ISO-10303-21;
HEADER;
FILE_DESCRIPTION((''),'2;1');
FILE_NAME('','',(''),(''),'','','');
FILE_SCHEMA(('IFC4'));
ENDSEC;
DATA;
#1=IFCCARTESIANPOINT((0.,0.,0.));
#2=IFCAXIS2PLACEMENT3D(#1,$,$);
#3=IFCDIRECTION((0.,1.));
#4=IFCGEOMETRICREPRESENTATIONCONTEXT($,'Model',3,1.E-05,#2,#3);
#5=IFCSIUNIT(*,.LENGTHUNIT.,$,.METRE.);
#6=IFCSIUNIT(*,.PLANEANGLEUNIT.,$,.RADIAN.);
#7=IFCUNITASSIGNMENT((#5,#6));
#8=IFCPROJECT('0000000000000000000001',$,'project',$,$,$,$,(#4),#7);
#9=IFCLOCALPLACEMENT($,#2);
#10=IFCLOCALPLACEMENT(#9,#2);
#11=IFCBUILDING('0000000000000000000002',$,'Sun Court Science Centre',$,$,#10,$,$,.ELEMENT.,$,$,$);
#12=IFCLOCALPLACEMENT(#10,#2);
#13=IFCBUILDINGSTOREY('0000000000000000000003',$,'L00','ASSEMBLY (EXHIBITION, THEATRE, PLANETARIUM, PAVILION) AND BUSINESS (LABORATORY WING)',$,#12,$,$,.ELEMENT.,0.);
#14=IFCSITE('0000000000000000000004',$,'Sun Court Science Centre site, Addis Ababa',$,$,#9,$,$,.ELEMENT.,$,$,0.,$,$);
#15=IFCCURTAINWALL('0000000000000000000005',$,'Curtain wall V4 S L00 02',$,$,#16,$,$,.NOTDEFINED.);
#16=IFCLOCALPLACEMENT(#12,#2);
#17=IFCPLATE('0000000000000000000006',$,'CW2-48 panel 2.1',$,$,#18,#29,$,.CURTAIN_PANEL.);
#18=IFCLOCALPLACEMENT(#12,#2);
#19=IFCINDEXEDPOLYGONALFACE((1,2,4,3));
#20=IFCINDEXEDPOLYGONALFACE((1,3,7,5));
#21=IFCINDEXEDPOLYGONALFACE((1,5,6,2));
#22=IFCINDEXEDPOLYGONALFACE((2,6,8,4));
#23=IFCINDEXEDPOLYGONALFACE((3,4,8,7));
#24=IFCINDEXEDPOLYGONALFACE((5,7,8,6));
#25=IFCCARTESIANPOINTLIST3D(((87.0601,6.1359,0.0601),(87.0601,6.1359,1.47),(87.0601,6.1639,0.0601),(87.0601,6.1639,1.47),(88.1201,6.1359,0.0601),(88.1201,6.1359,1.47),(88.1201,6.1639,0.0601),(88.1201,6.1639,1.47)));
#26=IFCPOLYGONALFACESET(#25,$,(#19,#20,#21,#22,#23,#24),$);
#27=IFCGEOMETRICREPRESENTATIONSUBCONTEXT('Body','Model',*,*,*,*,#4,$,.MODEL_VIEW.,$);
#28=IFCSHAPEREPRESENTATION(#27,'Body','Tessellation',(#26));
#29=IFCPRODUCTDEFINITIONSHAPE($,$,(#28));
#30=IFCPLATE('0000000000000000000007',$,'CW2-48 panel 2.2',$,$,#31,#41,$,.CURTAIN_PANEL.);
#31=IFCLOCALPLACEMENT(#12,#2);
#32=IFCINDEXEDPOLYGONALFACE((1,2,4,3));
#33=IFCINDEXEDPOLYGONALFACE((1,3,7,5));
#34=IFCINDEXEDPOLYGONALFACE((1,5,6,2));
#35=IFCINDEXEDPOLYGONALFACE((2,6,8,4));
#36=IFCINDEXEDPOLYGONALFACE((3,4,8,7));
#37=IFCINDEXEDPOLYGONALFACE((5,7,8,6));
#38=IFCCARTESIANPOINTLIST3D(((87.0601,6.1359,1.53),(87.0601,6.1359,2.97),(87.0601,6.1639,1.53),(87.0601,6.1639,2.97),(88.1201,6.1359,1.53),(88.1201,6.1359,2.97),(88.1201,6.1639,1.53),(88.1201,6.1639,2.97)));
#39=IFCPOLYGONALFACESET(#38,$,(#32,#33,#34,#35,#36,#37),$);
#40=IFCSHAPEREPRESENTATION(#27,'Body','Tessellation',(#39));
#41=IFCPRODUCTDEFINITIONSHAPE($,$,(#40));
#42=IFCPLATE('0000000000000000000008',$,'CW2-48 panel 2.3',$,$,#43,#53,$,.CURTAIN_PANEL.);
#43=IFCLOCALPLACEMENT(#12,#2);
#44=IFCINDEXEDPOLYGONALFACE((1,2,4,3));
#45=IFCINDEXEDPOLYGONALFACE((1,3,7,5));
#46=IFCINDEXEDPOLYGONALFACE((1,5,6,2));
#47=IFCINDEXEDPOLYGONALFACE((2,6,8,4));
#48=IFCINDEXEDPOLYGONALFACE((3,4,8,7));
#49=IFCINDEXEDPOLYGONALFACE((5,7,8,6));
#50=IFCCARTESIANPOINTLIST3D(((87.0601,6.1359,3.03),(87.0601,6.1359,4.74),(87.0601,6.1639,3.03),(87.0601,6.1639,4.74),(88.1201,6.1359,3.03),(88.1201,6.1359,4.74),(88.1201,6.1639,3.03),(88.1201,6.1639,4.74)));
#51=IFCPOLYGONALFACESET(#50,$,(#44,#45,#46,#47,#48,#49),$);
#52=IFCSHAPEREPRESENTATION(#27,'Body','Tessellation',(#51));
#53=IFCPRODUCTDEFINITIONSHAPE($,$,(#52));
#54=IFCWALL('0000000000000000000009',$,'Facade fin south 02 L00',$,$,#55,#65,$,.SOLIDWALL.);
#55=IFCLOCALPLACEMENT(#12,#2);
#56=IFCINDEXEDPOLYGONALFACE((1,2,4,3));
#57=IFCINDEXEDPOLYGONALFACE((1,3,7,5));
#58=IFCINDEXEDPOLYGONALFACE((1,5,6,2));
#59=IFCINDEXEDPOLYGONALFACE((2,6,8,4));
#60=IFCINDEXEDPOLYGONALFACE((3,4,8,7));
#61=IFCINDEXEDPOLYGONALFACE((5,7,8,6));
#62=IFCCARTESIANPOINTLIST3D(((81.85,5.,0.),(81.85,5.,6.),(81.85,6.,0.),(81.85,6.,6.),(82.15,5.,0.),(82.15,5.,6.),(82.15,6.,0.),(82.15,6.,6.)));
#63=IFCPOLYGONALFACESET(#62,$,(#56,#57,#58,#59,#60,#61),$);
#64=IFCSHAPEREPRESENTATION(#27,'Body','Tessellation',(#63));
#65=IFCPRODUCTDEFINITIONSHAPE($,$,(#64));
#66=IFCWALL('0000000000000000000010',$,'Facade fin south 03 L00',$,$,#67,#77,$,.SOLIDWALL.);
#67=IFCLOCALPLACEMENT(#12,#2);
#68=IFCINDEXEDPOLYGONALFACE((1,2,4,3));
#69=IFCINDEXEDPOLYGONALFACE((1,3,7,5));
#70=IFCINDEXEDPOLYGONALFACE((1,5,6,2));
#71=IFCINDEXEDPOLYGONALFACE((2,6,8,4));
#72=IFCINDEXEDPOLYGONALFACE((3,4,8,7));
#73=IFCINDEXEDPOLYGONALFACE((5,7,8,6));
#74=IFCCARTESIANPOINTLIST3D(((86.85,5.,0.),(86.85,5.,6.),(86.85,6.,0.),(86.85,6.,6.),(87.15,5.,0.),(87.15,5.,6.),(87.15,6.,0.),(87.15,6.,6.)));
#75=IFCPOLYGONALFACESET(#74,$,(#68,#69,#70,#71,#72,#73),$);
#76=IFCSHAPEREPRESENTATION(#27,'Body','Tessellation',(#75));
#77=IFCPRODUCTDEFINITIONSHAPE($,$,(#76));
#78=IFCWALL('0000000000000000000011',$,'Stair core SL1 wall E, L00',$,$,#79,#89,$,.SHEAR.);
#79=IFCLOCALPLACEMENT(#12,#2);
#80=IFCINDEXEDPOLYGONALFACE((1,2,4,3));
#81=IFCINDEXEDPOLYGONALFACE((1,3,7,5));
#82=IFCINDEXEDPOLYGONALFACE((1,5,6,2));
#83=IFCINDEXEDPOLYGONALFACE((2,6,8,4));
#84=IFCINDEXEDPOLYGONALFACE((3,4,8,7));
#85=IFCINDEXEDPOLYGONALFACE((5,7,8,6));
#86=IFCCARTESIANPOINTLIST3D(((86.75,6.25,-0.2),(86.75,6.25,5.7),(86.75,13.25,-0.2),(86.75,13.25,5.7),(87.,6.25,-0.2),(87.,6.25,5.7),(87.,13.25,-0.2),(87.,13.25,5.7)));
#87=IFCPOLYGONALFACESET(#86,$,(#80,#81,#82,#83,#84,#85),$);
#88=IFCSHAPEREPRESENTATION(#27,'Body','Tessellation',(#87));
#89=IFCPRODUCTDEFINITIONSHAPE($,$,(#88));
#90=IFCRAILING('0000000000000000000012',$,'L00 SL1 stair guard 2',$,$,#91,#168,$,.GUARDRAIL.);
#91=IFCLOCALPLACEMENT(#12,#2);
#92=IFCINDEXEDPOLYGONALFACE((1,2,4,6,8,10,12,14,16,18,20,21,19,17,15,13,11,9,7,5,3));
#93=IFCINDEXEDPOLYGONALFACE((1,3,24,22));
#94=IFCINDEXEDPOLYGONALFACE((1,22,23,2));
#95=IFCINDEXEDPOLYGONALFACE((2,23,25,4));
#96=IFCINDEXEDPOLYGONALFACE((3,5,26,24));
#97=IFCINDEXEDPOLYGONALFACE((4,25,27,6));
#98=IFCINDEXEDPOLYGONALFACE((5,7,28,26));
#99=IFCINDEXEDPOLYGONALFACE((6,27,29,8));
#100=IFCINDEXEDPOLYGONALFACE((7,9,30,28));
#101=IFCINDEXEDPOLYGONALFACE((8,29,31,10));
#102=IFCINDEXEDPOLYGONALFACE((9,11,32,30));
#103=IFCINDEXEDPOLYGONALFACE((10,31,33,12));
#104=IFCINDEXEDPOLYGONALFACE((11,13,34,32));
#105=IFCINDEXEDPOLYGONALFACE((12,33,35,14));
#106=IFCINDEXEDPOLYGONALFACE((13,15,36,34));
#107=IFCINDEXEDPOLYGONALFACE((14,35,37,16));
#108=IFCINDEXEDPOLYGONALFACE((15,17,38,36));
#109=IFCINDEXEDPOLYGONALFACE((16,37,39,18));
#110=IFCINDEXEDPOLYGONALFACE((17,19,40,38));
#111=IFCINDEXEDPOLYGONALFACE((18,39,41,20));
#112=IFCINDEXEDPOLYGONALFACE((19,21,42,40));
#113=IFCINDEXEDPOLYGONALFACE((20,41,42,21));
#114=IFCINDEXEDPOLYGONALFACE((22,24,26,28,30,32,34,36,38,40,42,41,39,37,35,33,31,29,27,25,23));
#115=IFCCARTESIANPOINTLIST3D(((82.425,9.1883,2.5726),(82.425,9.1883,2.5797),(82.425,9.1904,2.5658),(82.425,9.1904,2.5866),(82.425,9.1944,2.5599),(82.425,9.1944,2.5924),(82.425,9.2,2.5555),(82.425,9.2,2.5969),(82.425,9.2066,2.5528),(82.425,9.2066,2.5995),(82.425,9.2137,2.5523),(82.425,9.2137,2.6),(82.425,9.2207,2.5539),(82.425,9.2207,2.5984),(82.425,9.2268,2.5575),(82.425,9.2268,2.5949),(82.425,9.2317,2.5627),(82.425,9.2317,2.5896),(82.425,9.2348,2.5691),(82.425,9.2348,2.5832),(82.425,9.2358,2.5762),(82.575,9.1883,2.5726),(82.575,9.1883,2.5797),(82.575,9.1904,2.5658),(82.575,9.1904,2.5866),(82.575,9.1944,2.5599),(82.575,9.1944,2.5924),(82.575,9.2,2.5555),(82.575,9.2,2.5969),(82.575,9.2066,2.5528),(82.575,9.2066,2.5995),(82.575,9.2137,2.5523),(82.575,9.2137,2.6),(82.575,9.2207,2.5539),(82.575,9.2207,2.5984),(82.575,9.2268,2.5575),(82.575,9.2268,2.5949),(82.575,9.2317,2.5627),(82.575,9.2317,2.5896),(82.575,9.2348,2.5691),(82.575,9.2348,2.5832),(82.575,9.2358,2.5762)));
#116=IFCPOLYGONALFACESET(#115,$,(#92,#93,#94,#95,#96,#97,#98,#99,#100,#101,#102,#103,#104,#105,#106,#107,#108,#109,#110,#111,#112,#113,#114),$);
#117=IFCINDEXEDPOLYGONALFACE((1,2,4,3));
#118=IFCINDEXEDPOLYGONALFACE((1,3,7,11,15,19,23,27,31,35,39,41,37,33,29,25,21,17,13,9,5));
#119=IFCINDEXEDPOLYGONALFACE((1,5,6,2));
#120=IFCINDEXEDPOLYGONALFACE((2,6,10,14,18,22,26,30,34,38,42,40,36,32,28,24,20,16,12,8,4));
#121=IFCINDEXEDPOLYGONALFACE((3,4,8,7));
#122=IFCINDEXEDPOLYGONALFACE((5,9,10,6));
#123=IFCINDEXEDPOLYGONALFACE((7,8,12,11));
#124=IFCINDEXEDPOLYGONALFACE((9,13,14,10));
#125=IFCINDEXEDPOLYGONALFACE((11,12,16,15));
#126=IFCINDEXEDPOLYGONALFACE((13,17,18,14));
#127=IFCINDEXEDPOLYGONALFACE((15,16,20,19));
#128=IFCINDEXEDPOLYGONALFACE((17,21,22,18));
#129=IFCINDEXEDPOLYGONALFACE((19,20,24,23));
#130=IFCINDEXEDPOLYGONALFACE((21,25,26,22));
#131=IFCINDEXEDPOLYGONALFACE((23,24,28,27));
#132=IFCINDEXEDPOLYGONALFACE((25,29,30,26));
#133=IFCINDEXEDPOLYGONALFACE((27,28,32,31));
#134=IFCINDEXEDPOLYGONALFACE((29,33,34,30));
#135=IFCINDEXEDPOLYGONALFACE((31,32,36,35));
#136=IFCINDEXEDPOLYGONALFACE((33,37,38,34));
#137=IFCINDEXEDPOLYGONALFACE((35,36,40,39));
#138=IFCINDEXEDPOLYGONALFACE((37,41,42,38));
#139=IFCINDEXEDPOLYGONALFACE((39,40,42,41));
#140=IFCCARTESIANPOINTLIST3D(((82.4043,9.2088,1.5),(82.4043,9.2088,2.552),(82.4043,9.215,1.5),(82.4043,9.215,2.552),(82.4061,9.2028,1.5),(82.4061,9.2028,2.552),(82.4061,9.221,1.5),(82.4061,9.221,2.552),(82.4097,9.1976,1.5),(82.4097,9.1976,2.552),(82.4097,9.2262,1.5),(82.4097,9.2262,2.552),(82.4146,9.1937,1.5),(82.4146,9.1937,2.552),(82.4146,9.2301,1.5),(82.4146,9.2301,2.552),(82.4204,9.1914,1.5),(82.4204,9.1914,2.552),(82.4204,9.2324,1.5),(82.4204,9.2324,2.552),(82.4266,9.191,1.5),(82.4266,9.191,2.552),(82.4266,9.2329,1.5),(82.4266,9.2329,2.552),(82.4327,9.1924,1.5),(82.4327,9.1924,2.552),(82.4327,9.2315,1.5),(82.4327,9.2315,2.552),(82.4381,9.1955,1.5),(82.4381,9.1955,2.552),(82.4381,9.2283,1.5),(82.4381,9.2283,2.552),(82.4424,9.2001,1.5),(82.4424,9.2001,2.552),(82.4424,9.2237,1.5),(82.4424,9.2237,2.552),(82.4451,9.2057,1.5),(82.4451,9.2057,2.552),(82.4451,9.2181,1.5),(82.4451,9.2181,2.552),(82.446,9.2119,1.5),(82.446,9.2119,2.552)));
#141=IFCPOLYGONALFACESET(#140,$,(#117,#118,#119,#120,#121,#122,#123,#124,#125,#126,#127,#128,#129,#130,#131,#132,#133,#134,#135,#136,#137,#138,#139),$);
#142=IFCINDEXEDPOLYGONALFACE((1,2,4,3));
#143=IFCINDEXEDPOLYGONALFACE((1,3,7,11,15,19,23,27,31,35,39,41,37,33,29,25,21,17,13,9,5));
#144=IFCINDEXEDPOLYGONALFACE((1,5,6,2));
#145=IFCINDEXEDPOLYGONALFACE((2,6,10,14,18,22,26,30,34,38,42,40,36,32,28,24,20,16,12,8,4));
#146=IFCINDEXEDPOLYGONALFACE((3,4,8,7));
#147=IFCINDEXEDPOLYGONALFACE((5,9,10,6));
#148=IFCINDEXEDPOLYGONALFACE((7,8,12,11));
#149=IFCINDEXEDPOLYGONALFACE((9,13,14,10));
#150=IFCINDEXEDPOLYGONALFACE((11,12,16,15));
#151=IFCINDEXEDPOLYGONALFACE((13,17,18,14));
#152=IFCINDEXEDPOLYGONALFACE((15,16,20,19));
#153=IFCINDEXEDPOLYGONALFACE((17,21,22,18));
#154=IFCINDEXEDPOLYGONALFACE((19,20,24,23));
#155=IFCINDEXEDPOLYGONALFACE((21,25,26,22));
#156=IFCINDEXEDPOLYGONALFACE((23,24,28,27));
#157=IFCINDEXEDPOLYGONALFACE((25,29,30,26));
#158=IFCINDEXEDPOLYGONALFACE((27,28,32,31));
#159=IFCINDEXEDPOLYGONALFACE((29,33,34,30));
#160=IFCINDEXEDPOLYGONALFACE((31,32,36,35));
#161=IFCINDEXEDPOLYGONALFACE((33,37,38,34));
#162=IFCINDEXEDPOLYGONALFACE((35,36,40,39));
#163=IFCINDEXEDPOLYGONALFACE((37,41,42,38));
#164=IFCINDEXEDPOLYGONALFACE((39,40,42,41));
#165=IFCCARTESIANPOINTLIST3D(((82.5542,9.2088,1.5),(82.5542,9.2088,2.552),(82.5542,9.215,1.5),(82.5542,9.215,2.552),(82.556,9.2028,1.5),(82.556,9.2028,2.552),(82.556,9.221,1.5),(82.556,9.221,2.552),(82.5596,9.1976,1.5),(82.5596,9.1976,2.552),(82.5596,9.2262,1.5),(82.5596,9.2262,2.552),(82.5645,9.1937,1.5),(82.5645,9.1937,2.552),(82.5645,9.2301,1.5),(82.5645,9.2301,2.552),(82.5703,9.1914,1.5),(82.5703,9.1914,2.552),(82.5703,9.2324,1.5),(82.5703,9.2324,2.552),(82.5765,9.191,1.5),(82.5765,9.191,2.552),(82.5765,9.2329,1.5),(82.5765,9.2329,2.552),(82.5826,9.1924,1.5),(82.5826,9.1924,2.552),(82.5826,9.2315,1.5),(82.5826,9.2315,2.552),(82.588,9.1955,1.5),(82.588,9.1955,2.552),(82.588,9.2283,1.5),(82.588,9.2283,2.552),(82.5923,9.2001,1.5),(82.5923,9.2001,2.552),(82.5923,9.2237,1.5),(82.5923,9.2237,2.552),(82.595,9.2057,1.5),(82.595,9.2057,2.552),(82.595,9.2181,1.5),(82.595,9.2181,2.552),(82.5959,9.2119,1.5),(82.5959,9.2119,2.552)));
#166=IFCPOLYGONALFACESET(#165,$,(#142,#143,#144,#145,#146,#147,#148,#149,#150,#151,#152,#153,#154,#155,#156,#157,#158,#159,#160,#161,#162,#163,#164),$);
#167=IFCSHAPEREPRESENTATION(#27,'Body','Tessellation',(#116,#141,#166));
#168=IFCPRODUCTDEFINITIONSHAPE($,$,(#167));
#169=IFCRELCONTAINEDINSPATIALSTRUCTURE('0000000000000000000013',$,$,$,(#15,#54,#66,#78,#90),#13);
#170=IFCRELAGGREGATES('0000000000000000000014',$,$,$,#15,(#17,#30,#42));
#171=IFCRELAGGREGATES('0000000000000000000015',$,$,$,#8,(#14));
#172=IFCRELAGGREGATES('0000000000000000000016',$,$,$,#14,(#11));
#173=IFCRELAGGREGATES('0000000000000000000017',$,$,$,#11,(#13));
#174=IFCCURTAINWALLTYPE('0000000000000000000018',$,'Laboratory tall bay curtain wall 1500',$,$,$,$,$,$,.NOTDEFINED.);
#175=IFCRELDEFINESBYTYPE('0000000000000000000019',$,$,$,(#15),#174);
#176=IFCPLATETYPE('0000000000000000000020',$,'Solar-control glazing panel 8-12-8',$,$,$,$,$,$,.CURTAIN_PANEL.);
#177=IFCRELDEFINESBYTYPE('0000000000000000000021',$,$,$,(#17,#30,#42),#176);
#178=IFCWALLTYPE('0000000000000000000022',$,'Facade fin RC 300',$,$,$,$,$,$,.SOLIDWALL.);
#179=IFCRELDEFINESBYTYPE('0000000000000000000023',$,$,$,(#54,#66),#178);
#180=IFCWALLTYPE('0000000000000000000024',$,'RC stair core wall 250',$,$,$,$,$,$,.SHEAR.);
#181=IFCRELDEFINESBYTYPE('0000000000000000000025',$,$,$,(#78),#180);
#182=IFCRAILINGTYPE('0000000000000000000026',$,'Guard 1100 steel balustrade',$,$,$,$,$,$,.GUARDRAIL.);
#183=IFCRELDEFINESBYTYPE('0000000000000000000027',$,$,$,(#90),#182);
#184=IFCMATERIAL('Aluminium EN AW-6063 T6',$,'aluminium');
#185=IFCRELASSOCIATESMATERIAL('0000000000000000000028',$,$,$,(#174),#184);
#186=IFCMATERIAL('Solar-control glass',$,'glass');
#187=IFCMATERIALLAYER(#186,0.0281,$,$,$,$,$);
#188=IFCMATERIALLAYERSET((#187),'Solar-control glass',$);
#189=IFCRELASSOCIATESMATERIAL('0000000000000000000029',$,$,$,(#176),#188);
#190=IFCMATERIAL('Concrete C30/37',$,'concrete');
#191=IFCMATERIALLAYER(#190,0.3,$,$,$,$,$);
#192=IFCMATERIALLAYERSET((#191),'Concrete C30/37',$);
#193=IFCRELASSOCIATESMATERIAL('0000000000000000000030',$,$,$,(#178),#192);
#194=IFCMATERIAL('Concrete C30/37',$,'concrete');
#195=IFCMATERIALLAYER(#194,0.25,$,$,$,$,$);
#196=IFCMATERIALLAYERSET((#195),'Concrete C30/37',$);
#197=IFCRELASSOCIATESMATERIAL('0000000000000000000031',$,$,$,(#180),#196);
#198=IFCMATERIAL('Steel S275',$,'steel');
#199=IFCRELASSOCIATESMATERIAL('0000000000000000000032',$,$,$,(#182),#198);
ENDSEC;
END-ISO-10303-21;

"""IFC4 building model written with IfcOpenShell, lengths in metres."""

from ifc_helpers import new_model, si_unit, direction, frame, frame_2d, origin, origin_2d, place, context, subcontext, project, spatial, rectangle, circle, extrude, material, layer, layer_set, type_object, element, aggregate, save


model = new_model("IFC4")

# Units and contexts
model_context = context("Model", 3, precision=1e-05, world=origin(), true_north=direction((0.0, 1.0)))
body_context = subcontext(model_context, "Body", "Model", "MODEL_VIEW")
ifc_project = project(units=[si_unit("LENGTHUNIT", "METRE"), si_unit("PLANEANGLEUNIT", "RADIAN")], contexts=[model_context])

# Site, building, storey
site_placement = place(None, origin())
site = spatial("IfcSite", under=ifc_project, at=site_placement, Name="Sun Court Science Centre site, Addis Ababa", CompositionType="ELEMENT", RefElevation=0.0)
building_placement = place(site_placement, origin())
building = spatial("IfcBuilding", under=site, at=building_placement, Name="Sun Court Science Centre", CompositionType="ELEMENT")
storey_placement = place(building_placement, origin())
storey = spatial("IfcBuildingStorey", under=building, at=storey_placement, Name="L00", Description="ASSEMBLY (EXHIBITION, THEATRE, PLANETARIUM, PAVILION) AND BUSINESS (LABORATORY WING)", CompositionType="ELEMENT", Elevation=0.0)

# Curtain wall
ifc_material_1 = material(Name="Aluminium EN AW-6063 T6", Category="aluminium")
curtain_wall_type = type_object("IfcCurtainWallType", Name="Laboratory tall bay curtain wall 1500", PredefinedType="NOTDEFINED", material=ifc_material_1)
curtain_wall_placement = place(storey_placement, origin())
curtain_wall = element("IfcCurtainWall", 1, at=curtain_wall_placement, inside=storey, type_object=curtain_wall_type, Name="Curtain wall V4 S L00 02", PredefinedType="NOTDEFINED")

# Plates
ifc_material_2 = material(Name="Solar-control glass", Category="glass")
ifc_layer_1 = layer(ifc_material_2, 0.0281)
ifc_layer_set_1 = layer_set([ifc_layer_1], Name="Solar-control glass")
plate_type = type_object("IfcPlateType", Name="Solar-control glazing panel 8-12-8", PredefinedType="CURTAIN_PANEL", material=ifc_layer_set_1)
plate_1_placement = place(storey_placement, frame((87.5901, 6.1499, 0.0601), z_axis=(0.0, 0.0, 1.0), x_axis=(-1.0, 0.0, 0.0)))
plate_1 = element("IfcPlate", 2, at=plate_1_placement, type_object=plate_type, Name="CW2-48 panel 2.1", PredefinedType="CURTAIN_PANEL", context=body_context, shape_type="SweptSolid", body=[
    extrude(rectangle(XDim=1.0601, YDim=0.0281, at=origin_2d()), origin(), (0.0, 0.0, 1.0), 1.4099),
])
plate_2_placement = place(storey_placement, frame((87.5901, 6.1499, 1.53), z_axis=(0.0, 0.0, 1.0), x_axis=(-1.0, 0.0, 0.0)))
plate_2 = element("IfcPlate", 3, at=plate_2_placement, type_object=plate_type, Name="CW2-48 panel 2.2", PredefinedType="CURTAIN_PANEL", context=body_context, shape_type="SweptSolid", body=[
    extrude(rectangle(XDim=1.0601, YDim=0.0281, at=origin_2d()), origin(), (0.0, 0.0, 1.0), 1.4399),
])
plate_3_placement = place(storey_placement, frame((87.5901, 6.1499, 3.03), z_axis=(0.0, 0.0, 1.0), x_axis=(-1.0, 0.0, 0.0)))
plate_3 = element("IfcPlate", 4, at=plate_3_placement, type_object=plate_type, Name="CW2-48 panel 2.3", PredefinedType="CURTAIN_PANEL", context=body_context, shape_type="SweptSolid", body=[
    extrude(rectangle(XDim=1.0601, YDim=0.0281, at=origin_2d()), origin(), (0.0, 0.0, 1.0), 1.71),
])
aggregate(curtain_wall, [plate_1, plate_2, plate_3])

# Walls
ifc_material_3 = material(Name="Concrete C30/37", Category="concrete")
ifc_layer_2 = layer(ifc_material_3, 0.3)
ifc_layer_set_2 = layer_set([ifc_layer_2], Name="Concrete C30/37")
wall_type_1 = type_object("IfcWallType", Name="Facade fin RC 300", PredefinedType="SOLIDWALL", material=ifc_layer_set_2)
for number, where, z_axis, x_axis, name in (
    (5, (82.0, 6.0, 0.0), (0.0, 0.0, 1.0), (0.0, -1.0, 0.0), "Facade fin south 02 L00"),
    (6, (87.0, 6.0, 0.0), (0.0, 0.0, 1.0), (0.0, -1.0, 0.0), "Facade fin south 03 L00"),
):
    element("IfcWall", number, at=place(storey_placement, frame(where, z_axis=z_axis, x_axis=x_axis)), inside=storey, type_object=wall_type_1, Name=name, PredefinedType="SOLIDWALL", context=body_context, shape_type="SweptSolid", body=[
        extrude(rectangle(XDim=1.0, YDim=0.3, at=frame_2d((0.5, 0.0))), origin(), (0.0, 0.0, 1.0), 6.0),
    ])
ifc_material_4 = material(Name="Concrete C30/37", Category="concrete")
ifc_layer_3 = layer(ifc_material_4, 0.25)
ifc_layer_set_3 = layer_set([ifc_layer_3], Name="Concrete C30/37")
wall_type_2 = type_object("IfcWallType", Name="RC stair core wall 250", PredefinedType="SHEAR", material=ifc_layer_set_3)
wall_placement = place(storey_placement, frame((86.875, 6.25, -0.2), z_axis=(0.0, 0.0, 1.0), x_axis=(0.0, 1.0, 0.0)))
element("IfcWall", 7, at=wall_placement, inside=storey, type_object=wall_type_2, Name="Stair core SL1 wall E, L00", PredefinedType="SHEAR", context=body_context, shape_type="SweptSolid", body=[
    extrude(rectangle(XDim=7.0, YDim=0.25, at=frame_2d((3.5, 0.0))), origin(), (0.0, 0.0, 1.0), 5.8999),
])

# Railing
ifc_material_5 = material(Name="Steel S275", Category="steel")
railing_type = type_object("IfcRailingType", Name="Guard 1100 steel balustrade", PredefinedType="GUARDRAIL", material=ifc_material_5)
railing_1_placement = place(storey_placement, frame((82.425, 9.2119, 1.5)))
element("IfcRailing", 8, at=railing_1_placement, inside=storey, type_object=railing_type, Name="L00 SL1 stair guard 2", PredefinedType="GUARDRAIL", context=body_context, shape_type="SweptSolid", body=[
    extrude(circle(Radius=0.0239, at=origin_2d()), frame((0.0, 0.0, 1.0762), z_axis=(1.0, 0.0, 0.0), x_axis=(0.0, 1.0, 0.0)), (0.0, 0.0, 1.0), 0.1499),
    extrude(circle(Radius=0.021, at=origin_2d()), origin(), (0.0, 0.0, 1.0), 1.052),
    extrude(circle(Radius=0.021, at=origin_2d()), frame((0.1499, 0.0, 0.0)), (0.0, 0.0, 1.0), 1.052),
])

save(model, "model.ifc")
